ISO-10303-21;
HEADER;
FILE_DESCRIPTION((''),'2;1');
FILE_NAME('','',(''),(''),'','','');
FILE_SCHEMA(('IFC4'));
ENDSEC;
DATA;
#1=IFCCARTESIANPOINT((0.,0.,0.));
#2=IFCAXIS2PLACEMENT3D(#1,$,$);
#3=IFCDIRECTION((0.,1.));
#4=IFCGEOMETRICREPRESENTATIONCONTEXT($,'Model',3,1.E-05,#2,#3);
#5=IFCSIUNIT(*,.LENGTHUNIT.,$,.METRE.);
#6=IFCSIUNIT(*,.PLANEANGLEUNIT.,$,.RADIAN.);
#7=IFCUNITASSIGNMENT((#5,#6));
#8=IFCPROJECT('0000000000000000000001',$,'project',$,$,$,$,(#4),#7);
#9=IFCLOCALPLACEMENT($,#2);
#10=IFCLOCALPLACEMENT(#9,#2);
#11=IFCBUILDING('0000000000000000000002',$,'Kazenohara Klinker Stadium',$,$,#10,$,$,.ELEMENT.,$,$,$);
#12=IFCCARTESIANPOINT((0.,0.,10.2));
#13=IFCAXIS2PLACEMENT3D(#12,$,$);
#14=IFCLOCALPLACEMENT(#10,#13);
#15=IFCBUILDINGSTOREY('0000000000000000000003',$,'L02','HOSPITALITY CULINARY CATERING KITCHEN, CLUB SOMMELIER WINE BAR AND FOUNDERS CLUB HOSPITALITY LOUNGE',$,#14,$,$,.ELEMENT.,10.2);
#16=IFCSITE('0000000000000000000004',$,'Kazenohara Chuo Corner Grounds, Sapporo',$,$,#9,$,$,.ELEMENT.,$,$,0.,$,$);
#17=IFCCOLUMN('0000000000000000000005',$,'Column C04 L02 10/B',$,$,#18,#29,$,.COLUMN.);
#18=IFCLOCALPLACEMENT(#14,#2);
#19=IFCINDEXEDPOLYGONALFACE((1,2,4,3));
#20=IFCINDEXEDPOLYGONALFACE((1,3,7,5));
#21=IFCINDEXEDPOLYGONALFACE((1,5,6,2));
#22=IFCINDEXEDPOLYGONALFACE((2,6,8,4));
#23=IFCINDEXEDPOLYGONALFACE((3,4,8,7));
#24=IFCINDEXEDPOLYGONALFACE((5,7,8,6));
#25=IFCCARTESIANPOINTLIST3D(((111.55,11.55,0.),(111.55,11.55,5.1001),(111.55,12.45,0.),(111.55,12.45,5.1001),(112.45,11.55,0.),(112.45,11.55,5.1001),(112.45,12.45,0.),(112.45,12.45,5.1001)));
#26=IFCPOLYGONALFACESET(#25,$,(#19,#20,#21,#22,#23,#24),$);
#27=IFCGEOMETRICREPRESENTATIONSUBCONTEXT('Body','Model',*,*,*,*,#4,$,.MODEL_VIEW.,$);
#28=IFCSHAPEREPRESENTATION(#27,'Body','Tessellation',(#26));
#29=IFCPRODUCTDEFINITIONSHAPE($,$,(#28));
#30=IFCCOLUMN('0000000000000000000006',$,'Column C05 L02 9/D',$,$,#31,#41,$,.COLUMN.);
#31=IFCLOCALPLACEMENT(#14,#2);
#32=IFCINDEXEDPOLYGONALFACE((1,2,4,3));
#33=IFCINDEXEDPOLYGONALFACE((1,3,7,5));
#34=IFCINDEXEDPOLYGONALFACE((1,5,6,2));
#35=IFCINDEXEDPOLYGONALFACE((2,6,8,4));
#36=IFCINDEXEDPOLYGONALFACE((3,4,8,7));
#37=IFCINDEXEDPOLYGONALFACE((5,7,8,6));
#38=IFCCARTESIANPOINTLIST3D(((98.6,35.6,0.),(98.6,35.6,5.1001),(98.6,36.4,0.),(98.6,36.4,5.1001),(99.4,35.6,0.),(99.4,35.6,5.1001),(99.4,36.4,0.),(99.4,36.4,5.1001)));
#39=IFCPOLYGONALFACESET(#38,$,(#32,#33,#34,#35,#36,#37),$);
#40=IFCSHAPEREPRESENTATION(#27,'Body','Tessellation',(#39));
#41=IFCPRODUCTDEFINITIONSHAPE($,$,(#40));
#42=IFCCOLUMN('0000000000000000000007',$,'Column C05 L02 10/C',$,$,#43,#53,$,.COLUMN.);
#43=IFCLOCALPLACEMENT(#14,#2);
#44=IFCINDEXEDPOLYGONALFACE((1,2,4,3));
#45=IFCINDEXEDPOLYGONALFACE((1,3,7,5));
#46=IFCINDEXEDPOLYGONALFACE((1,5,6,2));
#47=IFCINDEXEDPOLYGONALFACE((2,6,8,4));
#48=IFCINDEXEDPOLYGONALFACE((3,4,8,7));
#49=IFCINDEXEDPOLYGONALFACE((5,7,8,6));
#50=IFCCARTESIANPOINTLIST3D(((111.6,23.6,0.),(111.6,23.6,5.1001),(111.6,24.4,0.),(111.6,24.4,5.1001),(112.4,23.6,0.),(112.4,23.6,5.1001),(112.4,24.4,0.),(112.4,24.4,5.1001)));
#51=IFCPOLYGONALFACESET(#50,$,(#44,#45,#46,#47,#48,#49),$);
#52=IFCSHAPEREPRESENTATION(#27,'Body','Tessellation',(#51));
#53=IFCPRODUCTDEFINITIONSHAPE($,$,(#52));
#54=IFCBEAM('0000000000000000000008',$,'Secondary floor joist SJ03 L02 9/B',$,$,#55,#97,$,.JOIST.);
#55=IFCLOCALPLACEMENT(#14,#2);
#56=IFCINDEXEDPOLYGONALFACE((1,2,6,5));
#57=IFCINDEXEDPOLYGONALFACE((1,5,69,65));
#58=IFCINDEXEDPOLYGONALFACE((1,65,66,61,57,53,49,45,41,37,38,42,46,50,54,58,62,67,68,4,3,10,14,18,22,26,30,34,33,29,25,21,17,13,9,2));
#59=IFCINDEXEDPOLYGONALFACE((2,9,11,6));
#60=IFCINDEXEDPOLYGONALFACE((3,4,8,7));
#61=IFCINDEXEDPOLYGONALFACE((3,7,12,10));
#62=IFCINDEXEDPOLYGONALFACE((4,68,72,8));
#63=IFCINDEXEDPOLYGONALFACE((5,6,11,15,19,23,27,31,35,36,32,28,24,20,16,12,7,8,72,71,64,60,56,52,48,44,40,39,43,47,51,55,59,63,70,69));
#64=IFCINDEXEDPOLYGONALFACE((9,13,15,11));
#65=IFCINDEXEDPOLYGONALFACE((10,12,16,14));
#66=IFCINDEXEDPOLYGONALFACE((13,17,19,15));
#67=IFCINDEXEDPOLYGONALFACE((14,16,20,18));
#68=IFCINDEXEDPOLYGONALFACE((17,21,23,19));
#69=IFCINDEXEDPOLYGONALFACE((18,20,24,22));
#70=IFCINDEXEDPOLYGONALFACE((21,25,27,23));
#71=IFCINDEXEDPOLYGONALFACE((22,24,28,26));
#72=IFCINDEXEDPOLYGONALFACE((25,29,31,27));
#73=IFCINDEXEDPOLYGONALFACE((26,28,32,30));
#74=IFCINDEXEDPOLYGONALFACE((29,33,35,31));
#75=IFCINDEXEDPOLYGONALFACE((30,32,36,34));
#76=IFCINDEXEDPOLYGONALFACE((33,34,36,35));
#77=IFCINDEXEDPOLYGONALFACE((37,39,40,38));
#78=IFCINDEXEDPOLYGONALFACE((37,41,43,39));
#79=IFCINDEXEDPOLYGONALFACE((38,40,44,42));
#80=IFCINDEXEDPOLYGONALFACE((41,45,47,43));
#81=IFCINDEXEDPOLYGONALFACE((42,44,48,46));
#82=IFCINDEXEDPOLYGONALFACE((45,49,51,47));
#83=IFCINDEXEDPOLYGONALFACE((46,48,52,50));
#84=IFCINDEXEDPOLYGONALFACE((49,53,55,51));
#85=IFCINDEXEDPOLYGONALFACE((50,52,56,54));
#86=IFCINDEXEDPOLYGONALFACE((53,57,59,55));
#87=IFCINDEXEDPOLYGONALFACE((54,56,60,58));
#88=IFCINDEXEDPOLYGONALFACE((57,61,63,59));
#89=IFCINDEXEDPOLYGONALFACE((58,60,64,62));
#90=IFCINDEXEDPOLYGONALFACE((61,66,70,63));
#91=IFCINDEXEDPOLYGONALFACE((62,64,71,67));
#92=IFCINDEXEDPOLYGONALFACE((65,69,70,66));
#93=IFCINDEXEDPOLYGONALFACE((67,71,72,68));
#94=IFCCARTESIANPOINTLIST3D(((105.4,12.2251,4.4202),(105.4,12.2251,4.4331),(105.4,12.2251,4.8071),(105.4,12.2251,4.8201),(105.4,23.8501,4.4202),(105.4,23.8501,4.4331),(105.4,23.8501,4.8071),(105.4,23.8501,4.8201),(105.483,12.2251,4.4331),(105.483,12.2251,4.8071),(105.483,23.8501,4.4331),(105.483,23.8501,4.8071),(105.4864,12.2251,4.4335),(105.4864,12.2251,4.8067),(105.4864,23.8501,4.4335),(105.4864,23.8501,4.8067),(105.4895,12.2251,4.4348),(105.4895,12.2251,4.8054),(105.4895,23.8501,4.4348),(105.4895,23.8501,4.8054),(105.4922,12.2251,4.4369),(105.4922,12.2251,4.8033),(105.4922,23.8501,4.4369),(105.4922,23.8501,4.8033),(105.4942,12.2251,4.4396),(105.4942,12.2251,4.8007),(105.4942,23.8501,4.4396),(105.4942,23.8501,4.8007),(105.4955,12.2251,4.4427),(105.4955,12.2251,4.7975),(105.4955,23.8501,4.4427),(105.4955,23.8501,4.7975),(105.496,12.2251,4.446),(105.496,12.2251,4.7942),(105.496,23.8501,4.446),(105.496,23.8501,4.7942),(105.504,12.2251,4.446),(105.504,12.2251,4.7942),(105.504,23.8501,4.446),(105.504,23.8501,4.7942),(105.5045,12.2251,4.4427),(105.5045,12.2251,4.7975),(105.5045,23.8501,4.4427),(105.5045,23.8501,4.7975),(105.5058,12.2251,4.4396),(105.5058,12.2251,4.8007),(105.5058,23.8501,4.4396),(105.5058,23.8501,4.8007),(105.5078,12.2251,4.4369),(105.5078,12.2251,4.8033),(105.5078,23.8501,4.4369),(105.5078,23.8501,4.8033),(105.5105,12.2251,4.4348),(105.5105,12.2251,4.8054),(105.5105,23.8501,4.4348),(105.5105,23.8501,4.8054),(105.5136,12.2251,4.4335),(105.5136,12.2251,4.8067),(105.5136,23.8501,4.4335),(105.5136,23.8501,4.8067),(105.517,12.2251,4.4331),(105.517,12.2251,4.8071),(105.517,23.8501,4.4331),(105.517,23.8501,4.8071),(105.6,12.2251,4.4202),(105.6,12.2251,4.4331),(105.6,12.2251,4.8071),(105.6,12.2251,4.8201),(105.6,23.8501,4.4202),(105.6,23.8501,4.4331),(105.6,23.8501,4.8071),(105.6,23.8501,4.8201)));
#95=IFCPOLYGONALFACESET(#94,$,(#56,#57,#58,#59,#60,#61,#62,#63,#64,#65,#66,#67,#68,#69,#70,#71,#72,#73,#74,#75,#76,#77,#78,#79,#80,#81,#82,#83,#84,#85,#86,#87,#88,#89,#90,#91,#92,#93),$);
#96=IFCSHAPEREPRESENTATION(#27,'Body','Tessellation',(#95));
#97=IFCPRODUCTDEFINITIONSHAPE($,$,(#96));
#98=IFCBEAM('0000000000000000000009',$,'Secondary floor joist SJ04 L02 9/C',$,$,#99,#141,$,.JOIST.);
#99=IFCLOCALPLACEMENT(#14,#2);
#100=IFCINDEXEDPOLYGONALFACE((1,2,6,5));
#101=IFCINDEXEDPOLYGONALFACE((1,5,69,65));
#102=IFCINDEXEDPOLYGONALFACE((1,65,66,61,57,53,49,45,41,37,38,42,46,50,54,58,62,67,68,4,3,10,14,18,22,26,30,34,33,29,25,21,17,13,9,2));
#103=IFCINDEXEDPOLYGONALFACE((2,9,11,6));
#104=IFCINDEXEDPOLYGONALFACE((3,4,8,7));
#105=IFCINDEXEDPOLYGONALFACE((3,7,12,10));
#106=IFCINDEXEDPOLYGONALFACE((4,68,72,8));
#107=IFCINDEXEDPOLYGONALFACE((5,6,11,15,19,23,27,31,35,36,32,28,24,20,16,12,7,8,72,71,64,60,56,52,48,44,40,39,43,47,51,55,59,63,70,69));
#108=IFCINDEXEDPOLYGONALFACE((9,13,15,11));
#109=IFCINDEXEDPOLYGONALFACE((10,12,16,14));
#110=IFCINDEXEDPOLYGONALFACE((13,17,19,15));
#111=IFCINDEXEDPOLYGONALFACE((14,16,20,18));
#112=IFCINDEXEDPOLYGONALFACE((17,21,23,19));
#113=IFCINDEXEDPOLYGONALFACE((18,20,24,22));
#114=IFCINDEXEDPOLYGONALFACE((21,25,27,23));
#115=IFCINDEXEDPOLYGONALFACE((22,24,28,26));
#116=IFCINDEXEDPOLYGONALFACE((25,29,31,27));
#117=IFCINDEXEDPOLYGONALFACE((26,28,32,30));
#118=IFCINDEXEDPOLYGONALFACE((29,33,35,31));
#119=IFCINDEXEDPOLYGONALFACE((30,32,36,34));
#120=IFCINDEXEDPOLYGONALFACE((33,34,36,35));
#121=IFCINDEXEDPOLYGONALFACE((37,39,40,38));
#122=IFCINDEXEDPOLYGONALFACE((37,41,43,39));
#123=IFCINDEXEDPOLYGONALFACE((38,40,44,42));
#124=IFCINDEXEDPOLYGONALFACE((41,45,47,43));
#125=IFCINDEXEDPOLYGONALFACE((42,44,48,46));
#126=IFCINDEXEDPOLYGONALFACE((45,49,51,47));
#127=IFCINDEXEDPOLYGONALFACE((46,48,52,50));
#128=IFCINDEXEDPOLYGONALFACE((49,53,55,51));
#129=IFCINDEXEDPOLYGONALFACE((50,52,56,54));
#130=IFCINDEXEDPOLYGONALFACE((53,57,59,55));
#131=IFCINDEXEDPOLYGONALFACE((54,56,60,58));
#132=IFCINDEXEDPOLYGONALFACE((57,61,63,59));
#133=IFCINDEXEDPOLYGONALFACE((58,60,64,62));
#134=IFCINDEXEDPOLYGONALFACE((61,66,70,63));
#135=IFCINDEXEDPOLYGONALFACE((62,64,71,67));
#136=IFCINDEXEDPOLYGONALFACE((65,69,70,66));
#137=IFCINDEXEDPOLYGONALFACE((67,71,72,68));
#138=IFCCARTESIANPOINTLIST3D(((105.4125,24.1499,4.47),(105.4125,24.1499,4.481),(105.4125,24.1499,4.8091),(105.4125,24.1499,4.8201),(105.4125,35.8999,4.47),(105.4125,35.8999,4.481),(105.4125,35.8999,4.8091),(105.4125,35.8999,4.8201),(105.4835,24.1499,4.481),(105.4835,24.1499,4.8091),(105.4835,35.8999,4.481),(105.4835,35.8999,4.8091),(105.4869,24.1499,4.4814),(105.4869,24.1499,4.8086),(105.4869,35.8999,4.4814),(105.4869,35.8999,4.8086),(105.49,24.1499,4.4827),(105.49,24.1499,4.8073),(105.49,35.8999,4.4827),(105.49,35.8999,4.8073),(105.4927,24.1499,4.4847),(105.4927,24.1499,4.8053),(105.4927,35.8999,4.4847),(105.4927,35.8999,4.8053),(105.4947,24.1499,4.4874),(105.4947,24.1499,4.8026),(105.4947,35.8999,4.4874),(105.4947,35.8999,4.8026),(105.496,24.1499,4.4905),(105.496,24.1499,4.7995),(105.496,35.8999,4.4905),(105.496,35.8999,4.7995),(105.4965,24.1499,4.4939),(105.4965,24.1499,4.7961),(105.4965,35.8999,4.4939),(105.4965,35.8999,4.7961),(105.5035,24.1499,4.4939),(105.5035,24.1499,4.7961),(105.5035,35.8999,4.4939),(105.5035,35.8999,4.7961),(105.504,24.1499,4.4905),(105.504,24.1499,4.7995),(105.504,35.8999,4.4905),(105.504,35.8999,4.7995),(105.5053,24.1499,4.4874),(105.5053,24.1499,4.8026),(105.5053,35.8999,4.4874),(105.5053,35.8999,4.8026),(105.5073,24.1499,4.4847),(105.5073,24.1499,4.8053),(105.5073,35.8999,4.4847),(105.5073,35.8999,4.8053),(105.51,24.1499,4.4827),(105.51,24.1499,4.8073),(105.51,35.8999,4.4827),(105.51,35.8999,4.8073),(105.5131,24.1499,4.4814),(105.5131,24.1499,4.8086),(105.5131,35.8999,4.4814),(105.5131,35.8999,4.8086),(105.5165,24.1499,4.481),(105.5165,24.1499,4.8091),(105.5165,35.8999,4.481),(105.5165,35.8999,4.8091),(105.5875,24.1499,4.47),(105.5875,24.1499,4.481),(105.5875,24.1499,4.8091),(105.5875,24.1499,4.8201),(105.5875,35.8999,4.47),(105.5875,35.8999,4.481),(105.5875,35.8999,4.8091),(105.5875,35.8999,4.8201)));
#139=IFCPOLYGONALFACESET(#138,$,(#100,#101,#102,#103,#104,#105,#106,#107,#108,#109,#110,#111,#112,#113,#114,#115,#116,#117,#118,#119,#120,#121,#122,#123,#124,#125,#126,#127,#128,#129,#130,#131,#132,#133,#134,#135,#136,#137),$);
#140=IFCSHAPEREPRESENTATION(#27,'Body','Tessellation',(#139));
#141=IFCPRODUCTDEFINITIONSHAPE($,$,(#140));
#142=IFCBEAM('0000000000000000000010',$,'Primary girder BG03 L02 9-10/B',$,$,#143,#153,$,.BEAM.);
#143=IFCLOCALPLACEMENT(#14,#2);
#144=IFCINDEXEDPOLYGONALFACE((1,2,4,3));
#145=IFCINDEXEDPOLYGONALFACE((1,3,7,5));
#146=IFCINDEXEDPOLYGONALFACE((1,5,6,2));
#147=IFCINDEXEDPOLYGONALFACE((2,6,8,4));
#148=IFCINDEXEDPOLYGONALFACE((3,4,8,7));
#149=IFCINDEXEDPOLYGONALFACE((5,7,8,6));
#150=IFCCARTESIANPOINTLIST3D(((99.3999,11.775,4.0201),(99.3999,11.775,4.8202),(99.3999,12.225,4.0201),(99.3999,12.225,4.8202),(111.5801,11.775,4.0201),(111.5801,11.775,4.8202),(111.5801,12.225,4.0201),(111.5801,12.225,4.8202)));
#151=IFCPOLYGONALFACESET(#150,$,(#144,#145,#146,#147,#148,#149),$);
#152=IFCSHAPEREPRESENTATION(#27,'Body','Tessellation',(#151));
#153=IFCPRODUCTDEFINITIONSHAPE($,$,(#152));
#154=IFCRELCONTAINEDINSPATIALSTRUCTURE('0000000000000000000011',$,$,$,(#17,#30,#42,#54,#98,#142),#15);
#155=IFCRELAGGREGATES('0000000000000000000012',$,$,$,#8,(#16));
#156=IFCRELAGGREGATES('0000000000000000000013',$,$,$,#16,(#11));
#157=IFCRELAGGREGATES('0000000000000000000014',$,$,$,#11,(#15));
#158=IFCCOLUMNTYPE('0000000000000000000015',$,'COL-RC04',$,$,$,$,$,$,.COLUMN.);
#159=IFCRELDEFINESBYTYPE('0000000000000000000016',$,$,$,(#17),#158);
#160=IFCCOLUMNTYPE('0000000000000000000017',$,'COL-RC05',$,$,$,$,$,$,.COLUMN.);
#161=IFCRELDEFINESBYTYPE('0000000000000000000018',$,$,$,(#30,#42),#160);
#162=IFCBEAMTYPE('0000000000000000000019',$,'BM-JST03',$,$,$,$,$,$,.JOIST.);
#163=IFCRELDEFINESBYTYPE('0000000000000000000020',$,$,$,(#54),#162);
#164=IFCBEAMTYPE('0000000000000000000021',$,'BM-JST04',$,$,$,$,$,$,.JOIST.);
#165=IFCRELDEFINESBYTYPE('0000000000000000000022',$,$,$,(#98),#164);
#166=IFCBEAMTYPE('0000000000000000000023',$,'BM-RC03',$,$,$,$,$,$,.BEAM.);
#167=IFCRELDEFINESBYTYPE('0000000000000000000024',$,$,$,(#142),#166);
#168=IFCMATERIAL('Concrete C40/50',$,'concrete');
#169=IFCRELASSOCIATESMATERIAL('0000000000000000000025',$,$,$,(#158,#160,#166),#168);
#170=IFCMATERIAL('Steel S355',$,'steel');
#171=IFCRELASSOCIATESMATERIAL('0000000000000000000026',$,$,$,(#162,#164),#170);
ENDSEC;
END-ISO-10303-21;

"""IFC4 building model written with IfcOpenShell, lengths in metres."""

from ifc_helpers import new_model, si_unit, direction, frame, origin, origin_2d, place, context, subcontext, project, spatial, rectangle, i_section, extrude, material, material_profile, profile_set, type_object, element, save


model = new_model("IFC4")

# Units and contexts
model_context = context("Model", 3, precision=1e-05, world=origin(), true_north=direction((0.0, 1.0)))
body_context = subcontext(model_context, "Body", "Model", "MODEL_VIEW")
ifc_project = project(units=[si_unit("LENGTHUNIT", "METRE"), si_unit("PLANEANGLEUNIT", "RADIAN")], contexts=[model_context])

# Site, building, storey
site_placement = place(None, origin())
site = spatial("IfcSite", under=ifc_project, at=site_placement, Name="Kazenohara Chuo Corner Grounds, Sapporo", CompositionType="ELEMENT", RefElevation=0.0)
building_placement = place(site_placement, origin())
building = spatial("IfcBuilding", under=site, at=building_placement, Name="Kazenohara Klinker Stadium", CompositionType="ELEMENT")
storey_placement = place(building_placement, frame((0.0, 0.0, 10.2)))
storey = spatial("IfcBuildingStorey", under=building, at=storey_placement, Name="L02", Description="HOSPITALITY CULINARY CATERING KITCHEN, CLUB SOMMELIER WINE BAR AND FOUNDERS CLUB HOSPITALITY LOUNGE", CompositionType="ELEMENT", Elevation=10.2)

# Columns
ifc_material_1 = material(Name="Concrete C40/50", Category="concrete")
ifc_material_profile_1 = material_profile(ifc_material_1, rectangle(XDim=0.8999, YDim=0.8999, at=origin_2d()), Name="RC-COL-900x900")
ifc_profile_set_1 = profile_set([ifc_material_profile_1], Name="Concrete C40/50")
column_type_1 = type_object("IfcColumnType", Name="COL-RC04", PredefinedType="COLUMN", material=ifc_profile_set_1)
column_placement = place(storey_placement, frame((112.0, 12.0, 0.0), z_axis=(0.0, 0.0, 1.0), x_axis=(1.0, 0.0, 0.0)))
element("IfcColumn", 1, at=column_placement, inside=storey, type_object=column_type_1, Name="Column C04 L02 10/B", PredefinedType="COLUMN", context=body_context, shape_type="SweptSolid", body=[
    extrude(rectangle(XDim=0.8999, YDim=0.8999, at=origin_2d()), origin(), (0.0, 0.0, 1.0), 5.1001),
])
ifc_material_profile_2 = material_profile(ifc_material_1, rectangle(XDim=0.8, YDim=0.8, at=origin_2d()), Name="RC-COL-800x800")
ifc_profile_set_2 = profile_set([ifc_material_profile_2], Name="Concrete C40/50")
column_type_2 = type_object("IfcColumnType", Name="COL-RC05", PredefinedType="COLUMN", material=ifc_profile_set_2)
for number, where, z_axis, x_axis, name in (
    (2, (99.0, 36.0, 0.0), (0.0, 0.0, 1.0), (1.0, 0.0, 0.0), "Column C05 L02 9/D"),
    (3, (112.0, 24.0, 0.0), (0.0, 0.0, 1.0), (1.0, 0.0, 0.0), "Column C05 L02 10/C"),
):
    element("IfcColumn", number, at=place(storey_placement, frame(where, z_axis=z_axis, x_axis=x_axis)), inside=storey, type_object=column_type_2, Name=name, PredefinedType="COLUMN", context=body_context, shape_type="SweptSolid", body=[
        extrude(rectangle(XDim=0.8, YDim=0.8, at=origin_2d()), origin(), (0.0, 0.0, 1.0), 5.1001),
    ])

# Beams
ifc_material_2 = material(Name="Steel S355", Category="steel")
ifc_material_profile_3 = material_profile(ifc_material_2, i_section(OverallWidth=0.2, OverallDepth=0.3999, WebThickness=0.0081, FlangeThickness=0.0129, FilletRadius=0.0129, at=origin_2d()), Name="H-400x200x8x13")
ifc_profile_set_3 = profile_set([ifc_material_profile_3], Name="Steel S355")
beam_type_1 = type_object("IfcBeamType", Name="BM-JST03", PredefinedType="JOIST", material=ifc_profile_set_3)
beam_1_placement = place(storey_placement, frame((105.5, 12.2251, 4.6201), z_axis=(0.0, 1.0, 0.0), x_axis=(-1.0, 0.0, 0.0)))
element("IfcBeam", 4, at=beam_1_placement, inside=storey, type_object=beam_type_1, Name="Secondary floor joist SJ03 L02 9/B", PredefinedType="JOIST", context=body_context, shape_type="SweptSolid", body=[
    extrude(i_section(OverallWidth=0.2, OverallDepth=0.3999, WebThickness=0.0081, FlangeThickness=0.0129, FilletRadius=0.0129, at=origin_2d()), origin(), (0.0, 0.0, 1.0), 11.625),
])
ifc_material_profile_4 = material_profile(ifc_material_2, i_section(OverallWidth=0.175, OverallDepth=0.3501, WebThickness=0.0071, FlangeThickness=0.011, FilletRadius=0.0129, at=origin_2d()), Name="H-350x175x7x11")
ifc_profile_set_4 = profile_set([ifc_material_profile_4], Name="Steel S355")
beam_type_2 = type_object("IfcBeamType", Name="BM-JST04", PredefinedType="JOIST", material=ifc_profile_set_4)
beam_2_placement = place(storey_placement, frame((105.5, 24.1499, 4.645), z_axis=(0.0, 1.0, 0.0), x_axis=(-1.0, 0.0, 0.0)))
element("IfcBeam", 5, at=beam_2_placement, inside=storey, type_object=beam_type_2, Name="Secondary floor joist SJ04 L02 9/C", PredefinedType="JOIST", context=body_context, shape_type="SweptSolid", body=[
    extrude(i_section(OverallWidth=0.175, OverallDepth=0.3501, WebThickness=0.0071, FlangeThickness=0.011, FilletRadius=0.0129, at=origin_2d()), origin(), (0.0, 0.0, 1.0), 11.75),
])
ifc_material_profile_5 = material_profile(ifc_material_1, rectangle(XDim=0.45, YDim=0.8, at=origin_2d()), Name="RC-BM-450x800")
ifc_profile_set_5 = profile_set([ifc_material_profile_5], Name="Concrete C40/50")
beam_type_3 = type_object("IfcBeamType", Name="BM-RC03", PredefinedType="BEAM", material=ifc_profile_set_5)
beam_3_placement = place(storey_placement, frame((99.3999, 12.0, 4.4202), z_axis=(1.0, 0.0, 0.0), x_axis=(0.0, 1.0, 0.0)))
element("IfcBeam", 6, at=beam_3_placement, inside=storey, type_object=beam_type_3, Name="Primary girder BG03 L02 9-10/B", PredefinedType="BEAM", context=body_context, shape_type="SweptSolid", body=[
    extrude(rectangle(XDim=0.45, YDim=0.8, at=origin_2d()), origin(), (0.0, 0.0, 1.0), 12.1802),
])

save(model, "model.ifc")
